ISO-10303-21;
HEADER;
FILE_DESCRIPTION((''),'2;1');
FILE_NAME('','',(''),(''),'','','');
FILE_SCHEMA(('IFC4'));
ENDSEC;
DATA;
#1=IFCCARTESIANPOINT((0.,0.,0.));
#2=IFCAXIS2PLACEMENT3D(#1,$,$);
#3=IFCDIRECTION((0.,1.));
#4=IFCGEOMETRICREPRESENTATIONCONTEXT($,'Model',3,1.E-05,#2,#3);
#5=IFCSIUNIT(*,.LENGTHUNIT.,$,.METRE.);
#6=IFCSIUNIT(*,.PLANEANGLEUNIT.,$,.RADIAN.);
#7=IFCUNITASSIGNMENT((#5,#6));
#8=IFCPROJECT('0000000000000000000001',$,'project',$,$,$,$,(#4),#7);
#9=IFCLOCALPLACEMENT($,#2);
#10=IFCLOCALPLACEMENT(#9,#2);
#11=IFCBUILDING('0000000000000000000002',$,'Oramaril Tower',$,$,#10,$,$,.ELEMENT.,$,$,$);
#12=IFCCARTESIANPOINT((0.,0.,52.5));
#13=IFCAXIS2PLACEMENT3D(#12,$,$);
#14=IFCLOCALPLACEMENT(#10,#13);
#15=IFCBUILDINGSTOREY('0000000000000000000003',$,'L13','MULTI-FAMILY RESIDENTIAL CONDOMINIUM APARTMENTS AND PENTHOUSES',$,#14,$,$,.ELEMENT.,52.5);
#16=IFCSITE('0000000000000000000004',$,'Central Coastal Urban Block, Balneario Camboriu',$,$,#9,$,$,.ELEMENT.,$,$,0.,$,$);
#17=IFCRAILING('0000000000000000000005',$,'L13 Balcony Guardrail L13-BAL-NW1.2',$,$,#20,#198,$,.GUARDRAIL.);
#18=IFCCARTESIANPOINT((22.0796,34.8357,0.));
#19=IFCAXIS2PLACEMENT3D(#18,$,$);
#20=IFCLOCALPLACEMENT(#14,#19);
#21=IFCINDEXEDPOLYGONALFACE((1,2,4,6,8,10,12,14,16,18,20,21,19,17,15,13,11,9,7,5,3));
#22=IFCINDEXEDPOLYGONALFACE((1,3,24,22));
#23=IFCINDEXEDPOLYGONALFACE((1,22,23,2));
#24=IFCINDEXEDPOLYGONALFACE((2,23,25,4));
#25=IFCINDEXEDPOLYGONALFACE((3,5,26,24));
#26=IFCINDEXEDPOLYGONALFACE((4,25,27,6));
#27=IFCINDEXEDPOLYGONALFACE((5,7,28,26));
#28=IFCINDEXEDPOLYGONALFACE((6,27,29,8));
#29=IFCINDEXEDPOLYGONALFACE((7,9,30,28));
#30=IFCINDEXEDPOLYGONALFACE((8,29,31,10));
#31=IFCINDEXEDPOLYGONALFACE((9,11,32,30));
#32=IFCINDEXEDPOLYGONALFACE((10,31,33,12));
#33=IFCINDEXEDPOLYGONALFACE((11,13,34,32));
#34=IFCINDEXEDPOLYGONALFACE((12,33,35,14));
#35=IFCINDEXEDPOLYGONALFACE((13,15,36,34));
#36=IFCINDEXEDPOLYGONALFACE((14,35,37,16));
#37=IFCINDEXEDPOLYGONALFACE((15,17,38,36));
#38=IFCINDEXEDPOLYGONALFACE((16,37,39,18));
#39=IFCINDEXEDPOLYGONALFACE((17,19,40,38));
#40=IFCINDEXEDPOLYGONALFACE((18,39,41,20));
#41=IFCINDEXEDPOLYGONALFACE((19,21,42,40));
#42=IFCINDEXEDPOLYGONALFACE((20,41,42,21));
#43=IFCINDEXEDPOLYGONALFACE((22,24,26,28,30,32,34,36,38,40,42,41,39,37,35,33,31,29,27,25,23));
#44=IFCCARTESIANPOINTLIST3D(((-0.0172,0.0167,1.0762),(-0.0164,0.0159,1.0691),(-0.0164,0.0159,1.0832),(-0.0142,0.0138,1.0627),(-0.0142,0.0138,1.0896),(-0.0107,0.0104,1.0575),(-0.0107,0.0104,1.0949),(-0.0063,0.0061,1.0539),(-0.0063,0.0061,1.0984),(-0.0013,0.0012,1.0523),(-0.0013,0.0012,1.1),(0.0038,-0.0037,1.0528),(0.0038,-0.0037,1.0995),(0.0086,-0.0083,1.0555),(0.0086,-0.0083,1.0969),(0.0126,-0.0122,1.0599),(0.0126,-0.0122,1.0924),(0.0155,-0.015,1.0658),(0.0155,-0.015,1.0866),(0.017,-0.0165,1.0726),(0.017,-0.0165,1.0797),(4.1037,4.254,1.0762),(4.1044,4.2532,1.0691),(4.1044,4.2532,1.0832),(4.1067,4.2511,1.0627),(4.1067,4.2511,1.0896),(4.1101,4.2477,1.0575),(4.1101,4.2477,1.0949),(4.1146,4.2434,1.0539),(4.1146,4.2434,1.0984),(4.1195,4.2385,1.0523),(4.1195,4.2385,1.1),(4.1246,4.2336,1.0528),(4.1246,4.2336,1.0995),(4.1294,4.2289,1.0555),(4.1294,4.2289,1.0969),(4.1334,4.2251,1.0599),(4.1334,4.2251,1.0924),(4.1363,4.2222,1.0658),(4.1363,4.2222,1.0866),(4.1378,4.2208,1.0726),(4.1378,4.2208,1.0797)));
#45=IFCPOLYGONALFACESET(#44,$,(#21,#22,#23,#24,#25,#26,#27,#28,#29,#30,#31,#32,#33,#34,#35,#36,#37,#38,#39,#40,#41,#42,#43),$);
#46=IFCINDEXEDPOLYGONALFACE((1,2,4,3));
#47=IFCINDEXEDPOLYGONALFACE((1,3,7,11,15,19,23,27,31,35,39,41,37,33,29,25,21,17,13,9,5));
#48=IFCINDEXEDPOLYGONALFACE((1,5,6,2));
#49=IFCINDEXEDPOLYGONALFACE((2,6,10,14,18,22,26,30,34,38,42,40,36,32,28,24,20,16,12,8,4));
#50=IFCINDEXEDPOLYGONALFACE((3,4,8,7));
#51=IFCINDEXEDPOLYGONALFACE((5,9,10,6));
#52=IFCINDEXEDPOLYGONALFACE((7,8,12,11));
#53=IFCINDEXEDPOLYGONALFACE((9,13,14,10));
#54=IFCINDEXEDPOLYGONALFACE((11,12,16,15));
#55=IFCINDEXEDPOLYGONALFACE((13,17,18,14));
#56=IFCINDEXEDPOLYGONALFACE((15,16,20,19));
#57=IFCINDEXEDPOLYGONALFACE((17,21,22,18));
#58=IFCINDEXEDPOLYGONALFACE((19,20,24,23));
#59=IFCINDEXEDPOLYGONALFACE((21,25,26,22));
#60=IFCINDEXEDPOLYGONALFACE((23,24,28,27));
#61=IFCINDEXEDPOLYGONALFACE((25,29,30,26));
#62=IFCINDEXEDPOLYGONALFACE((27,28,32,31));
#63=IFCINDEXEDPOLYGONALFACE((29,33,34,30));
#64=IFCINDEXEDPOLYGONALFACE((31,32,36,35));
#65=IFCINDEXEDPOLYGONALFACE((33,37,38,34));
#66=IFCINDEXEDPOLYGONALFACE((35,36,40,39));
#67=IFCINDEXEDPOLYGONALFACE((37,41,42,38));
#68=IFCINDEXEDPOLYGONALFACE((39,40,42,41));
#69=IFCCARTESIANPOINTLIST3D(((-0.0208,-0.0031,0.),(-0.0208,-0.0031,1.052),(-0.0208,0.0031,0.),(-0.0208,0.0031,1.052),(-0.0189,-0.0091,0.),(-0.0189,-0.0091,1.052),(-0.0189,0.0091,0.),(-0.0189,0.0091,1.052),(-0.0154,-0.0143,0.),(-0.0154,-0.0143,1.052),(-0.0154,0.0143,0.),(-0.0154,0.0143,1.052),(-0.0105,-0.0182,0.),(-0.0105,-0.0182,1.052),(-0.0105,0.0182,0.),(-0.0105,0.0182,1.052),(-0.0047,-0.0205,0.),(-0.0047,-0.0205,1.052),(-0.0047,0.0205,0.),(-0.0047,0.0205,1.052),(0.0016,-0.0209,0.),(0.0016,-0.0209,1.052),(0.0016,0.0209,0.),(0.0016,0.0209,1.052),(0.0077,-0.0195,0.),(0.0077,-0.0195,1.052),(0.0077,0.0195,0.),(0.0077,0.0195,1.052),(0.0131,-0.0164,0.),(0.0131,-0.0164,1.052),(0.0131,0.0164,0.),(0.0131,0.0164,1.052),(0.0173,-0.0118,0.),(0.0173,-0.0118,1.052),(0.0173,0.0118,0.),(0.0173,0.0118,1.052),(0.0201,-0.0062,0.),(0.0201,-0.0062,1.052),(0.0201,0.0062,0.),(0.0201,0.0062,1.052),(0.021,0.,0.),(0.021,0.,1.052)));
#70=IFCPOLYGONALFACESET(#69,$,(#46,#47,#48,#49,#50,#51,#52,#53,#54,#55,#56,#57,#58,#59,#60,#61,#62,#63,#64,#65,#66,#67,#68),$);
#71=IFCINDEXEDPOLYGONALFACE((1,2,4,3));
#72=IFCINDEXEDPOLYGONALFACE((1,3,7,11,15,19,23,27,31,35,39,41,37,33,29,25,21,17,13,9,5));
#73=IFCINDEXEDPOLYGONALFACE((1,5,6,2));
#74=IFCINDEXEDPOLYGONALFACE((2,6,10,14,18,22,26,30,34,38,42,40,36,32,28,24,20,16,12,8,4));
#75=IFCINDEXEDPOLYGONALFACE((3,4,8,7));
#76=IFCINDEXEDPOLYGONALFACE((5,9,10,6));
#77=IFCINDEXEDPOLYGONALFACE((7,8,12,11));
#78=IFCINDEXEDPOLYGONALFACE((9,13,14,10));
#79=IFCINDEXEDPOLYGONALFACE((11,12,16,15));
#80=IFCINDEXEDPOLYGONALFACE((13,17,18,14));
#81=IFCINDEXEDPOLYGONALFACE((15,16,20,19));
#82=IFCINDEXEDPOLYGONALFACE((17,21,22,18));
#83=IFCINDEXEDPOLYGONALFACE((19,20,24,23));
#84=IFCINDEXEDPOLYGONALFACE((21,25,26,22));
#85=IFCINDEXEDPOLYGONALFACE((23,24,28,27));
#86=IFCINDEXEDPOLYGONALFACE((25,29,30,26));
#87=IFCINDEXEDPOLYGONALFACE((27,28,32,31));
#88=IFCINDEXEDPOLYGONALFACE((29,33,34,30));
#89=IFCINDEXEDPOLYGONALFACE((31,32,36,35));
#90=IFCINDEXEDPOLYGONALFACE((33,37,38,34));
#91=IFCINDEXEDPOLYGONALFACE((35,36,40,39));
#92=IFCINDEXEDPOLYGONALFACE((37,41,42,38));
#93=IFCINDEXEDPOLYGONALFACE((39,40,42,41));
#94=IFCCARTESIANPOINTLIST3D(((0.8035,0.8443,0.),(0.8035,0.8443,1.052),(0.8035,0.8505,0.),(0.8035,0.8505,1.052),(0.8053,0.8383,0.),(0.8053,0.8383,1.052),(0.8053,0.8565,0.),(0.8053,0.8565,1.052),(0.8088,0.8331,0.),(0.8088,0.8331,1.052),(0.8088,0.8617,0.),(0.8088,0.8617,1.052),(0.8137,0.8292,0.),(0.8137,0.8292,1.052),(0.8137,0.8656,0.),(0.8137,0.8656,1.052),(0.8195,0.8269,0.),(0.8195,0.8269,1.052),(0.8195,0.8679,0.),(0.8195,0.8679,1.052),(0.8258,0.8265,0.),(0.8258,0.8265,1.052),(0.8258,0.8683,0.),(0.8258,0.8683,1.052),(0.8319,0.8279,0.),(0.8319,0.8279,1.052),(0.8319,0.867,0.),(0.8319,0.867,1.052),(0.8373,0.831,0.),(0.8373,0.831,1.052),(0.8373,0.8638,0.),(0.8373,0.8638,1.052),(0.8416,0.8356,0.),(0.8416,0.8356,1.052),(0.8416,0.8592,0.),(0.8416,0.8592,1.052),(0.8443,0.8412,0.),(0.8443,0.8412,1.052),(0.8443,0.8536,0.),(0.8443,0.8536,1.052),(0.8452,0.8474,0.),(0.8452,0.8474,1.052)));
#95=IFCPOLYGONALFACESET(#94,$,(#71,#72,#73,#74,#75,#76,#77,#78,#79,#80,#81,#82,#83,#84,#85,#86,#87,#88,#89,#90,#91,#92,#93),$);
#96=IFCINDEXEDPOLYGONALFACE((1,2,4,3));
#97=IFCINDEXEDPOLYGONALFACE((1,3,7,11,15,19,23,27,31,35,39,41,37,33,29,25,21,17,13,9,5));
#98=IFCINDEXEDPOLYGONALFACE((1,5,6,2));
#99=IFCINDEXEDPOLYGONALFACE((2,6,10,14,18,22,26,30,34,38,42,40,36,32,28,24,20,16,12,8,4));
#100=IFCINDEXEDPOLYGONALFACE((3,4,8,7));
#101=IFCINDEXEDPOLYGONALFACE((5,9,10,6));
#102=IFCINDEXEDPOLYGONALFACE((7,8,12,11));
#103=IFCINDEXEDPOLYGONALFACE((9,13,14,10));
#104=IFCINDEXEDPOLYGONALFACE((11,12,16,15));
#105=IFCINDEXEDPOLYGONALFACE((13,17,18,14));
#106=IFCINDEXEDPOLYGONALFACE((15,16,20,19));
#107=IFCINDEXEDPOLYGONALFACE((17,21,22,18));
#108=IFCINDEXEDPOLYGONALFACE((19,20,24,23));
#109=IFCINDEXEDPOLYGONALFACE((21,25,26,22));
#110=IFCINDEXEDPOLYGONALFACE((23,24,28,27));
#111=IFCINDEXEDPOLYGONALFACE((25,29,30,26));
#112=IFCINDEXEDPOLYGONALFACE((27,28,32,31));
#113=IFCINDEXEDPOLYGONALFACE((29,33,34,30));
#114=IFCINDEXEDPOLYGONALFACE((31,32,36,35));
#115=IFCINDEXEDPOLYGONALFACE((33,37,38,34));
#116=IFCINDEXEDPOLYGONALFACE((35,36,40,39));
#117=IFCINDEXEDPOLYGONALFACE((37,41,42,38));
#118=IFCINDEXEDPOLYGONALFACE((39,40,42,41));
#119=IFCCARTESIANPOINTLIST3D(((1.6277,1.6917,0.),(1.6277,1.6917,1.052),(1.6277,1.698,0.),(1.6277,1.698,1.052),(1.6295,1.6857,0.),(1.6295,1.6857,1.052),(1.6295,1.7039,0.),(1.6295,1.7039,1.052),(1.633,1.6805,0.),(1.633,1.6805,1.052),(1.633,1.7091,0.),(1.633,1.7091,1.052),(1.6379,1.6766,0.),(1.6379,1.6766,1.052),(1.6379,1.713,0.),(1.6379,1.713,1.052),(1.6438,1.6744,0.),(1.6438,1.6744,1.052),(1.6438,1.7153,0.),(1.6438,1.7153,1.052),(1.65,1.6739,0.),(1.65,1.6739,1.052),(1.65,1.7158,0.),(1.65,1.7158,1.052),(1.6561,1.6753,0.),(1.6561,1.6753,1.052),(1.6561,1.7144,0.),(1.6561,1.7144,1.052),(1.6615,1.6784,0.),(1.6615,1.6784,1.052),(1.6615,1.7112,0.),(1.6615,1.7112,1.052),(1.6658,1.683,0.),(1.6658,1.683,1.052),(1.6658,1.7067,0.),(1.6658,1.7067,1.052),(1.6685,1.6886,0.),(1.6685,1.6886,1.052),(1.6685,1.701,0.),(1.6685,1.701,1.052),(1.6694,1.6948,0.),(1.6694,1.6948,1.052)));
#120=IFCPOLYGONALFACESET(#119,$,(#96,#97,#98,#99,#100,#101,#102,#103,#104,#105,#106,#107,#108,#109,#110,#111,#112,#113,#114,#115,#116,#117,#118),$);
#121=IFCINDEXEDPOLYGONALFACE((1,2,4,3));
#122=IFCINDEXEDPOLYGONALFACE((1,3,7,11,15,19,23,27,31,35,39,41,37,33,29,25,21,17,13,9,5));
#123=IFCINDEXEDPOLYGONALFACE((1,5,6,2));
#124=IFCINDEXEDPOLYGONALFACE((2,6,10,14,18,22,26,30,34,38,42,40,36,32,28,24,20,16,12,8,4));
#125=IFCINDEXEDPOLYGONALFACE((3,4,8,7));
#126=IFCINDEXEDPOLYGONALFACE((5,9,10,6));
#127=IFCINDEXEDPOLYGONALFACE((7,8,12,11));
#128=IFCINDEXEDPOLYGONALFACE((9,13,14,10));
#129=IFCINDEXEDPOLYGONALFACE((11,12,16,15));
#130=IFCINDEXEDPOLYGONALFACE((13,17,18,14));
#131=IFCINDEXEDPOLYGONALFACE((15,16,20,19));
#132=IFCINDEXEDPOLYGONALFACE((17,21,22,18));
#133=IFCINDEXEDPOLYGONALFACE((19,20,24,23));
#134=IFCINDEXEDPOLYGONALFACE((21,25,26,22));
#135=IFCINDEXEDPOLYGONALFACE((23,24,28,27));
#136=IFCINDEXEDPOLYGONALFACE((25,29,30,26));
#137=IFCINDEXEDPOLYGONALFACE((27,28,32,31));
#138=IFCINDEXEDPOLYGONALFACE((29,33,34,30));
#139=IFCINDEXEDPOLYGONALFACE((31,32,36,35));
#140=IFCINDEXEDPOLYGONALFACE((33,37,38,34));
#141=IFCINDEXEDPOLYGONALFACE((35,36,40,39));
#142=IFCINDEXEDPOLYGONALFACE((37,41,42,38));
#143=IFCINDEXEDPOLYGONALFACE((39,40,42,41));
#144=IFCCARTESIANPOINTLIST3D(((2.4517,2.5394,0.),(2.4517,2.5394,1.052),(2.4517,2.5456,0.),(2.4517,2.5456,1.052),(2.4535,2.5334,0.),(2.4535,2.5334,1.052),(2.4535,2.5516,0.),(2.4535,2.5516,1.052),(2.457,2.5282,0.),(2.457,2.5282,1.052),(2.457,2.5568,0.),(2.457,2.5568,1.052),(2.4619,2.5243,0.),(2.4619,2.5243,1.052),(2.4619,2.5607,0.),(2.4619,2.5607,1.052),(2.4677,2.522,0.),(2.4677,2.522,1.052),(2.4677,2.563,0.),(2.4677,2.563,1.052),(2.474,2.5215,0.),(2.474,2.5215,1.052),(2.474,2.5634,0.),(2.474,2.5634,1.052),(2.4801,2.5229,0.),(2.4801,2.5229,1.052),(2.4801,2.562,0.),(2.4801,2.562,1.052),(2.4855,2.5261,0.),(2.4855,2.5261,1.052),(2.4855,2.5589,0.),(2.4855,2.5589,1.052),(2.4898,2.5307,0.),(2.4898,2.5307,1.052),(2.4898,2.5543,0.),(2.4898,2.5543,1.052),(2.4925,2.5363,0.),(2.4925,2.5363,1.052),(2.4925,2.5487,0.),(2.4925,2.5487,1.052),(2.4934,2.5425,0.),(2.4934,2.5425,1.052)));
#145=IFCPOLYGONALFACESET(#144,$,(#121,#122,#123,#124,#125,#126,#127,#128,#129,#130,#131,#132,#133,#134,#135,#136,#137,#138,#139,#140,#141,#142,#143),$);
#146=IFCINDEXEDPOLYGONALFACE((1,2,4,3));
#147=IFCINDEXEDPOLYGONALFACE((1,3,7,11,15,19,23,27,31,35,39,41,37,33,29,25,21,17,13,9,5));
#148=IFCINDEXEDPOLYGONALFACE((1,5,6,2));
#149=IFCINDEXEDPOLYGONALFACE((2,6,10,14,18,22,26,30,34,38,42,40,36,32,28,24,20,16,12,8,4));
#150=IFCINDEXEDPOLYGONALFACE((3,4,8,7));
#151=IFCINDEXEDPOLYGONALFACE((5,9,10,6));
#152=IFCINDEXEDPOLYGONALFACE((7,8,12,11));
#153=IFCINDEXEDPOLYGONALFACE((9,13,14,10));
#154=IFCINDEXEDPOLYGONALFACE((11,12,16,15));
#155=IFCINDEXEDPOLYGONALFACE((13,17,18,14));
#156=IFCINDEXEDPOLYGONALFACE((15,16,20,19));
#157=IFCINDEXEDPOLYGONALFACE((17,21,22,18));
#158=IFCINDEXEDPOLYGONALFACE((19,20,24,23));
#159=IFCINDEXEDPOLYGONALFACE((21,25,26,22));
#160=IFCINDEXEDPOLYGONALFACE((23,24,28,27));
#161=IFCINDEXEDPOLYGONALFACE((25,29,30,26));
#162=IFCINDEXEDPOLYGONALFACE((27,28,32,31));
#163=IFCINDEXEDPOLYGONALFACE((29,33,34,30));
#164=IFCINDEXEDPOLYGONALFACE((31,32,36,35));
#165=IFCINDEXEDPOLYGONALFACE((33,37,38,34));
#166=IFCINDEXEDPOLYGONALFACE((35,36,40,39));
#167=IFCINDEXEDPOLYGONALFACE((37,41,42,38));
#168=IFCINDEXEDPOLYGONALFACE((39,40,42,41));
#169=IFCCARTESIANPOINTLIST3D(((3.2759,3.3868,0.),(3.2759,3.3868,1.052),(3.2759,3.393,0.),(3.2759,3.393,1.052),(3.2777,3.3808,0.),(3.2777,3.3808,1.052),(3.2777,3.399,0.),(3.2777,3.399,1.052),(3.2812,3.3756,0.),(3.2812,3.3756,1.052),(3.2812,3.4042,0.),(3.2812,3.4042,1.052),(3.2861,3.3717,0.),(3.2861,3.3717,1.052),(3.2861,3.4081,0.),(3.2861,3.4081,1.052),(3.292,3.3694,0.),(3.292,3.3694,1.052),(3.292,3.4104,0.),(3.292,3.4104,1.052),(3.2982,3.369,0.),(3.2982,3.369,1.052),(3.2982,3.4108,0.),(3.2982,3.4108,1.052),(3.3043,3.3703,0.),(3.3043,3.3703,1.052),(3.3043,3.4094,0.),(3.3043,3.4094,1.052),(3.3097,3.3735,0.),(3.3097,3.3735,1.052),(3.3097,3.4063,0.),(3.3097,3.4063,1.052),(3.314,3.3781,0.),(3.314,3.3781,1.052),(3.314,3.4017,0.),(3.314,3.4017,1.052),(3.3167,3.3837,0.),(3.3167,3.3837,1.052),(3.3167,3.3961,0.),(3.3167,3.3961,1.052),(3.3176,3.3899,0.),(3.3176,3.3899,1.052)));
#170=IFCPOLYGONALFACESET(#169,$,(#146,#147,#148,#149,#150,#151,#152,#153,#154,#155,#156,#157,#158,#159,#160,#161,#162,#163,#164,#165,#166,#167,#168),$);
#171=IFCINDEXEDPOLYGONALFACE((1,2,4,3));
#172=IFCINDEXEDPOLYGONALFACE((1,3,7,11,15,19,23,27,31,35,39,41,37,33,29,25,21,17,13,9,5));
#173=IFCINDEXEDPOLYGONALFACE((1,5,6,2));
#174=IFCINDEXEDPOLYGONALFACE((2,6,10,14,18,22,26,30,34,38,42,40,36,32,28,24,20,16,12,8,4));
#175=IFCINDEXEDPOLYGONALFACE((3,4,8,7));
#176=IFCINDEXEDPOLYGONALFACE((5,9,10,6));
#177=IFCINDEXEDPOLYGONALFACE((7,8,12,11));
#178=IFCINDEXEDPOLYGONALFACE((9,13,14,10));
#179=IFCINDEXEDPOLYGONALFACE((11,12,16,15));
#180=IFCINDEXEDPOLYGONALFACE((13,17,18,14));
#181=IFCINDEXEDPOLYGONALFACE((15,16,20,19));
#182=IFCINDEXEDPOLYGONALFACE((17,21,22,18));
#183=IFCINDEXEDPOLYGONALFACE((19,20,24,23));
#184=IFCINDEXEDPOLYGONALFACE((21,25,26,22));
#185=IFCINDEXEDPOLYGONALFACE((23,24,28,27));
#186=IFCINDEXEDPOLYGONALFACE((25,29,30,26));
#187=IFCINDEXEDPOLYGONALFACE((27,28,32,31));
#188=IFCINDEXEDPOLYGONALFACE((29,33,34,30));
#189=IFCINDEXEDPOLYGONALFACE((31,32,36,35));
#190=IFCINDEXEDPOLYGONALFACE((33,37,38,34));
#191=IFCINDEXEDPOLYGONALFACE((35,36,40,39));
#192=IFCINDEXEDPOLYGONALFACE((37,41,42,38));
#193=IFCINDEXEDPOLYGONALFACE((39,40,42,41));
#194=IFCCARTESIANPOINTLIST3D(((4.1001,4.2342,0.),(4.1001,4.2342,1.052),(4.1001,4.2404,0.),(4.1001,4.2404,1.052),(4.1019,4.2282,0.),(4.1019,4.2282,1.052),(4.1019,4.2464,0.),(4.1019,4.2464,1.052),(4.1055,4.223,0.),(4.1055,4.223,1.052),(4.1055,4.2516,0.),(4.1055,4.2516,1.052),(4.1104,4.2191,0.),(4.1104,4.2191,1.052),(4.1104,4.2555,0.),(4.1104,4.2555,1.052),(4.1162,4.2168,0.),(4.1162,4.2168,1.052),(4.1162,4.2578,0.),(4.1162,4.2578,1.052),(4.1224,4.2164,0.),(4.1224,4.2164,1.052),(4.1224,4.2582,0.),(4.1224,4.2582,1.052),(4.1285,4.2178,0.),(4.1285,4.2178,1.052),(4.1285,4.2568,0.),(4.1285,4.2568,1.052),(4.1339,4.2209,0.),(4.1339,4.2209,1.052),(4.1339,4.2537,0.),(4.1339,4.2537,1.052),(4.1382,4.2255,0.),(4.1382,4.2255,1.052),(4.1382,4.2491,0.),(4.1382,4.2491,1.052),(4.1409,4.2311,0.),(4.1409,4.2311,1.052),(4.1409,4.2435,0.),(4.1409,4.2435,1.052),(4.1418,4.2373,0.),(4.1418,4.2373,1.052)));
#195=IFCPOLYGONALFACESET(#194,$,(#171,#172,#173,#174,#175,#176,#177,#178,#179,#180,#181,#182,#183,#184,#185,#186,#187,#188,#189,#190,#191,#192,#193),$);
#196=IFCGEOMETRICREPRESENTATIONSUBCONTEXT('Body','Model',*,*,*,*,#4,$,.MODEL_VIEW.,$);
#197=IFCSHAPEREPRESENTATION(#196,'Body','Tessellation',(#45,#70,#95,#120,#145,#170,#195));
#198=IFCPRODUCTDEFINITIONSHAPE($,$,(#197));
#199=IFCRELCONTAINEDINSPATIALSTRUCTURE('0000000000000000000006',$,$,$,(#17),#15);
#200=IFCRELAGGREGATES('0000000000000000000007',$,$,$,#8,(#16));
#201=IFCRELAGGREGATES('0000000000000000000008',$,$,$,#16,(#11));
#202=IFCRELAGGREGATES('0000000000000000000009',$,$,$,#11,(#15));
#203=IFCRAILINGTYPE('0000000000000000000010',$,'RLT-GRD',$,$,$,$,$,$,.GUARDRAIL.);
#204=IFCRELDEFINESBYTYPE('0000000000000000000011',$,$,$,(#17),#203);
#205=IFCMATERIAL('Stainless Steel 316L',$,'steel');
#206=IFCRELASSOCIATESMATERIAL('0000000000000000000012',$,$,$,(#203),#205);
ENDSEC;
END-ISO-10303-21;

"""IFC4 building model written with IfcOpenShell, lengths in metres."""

from ifc_helpers import new_model, si_unit, direction, frame, origin, origin_2d, place, context, subcontext, project, spatial, circle, extrude, material, type_object, element, save


model = new_model("IFC4")

# Units and contexts
model_context = context("Model", 3, precision=1e-05, world=origin(), true_north=direction((0.0, 1.0)))
body_context = subcontext(model_context, "Body", "Model", "MODEL_VIEW")
ifc_project = project(units=[si_unit("LENGTHUNIT", "METRE"), si_unit("PLANEANGLEUNIT", "RADIAN")], contexts=[model_context])

# Site, building, storey
site_placement = place(None, origin())
site = spatial("IfcSite", under=ifc_project, at=site_placement, Name="Central Coastal Urban Block, Balneario Camboriu", CompositionType="ELEMENT", RefElevation=0.0)
building_placement = place(site_placement, origin())
building = spatial("IfcBuilding", under=site, at=building_placement, Name="Oramaril Tower", CompositionType="ELEMENT")
storey_placement = place(building_placement, frame((0.0, 0.0, 52.5)))
storey = spatial("IfcBuildingStorey", under=building, at=storey_placement, Name="L13", Description="MULTI-FAMILY RESIDENTIAL CONDOMINIUM APARTMENTS AND PENTHOUSES", CompositionType="ELEMENT", Elevation=52.5)

# Railing
ifc_material_1 = material(Name="Stainless Steel 316L", Category="steel")
railing_type = type_object("IfcRailingType", Name="RLT-GRD", PredefinedType="GUARDRAIL", material=ifc_material_1)
railing_1_placement = place(storey_placement, frame((22.0796, 34.8357, 0.0)))
element("IfcRailing", 1, at=railing_1_placement, inside=storey, type_object=railing_type, Name="L13 Balcony Guardrail L13-BAL-NW1.2", PredefinedType="GUARDRAIL", context=body_context, shape_type="SweptSolid", body=[
    extrude(circle(Radius=0.0239, at=origin_2d()), frame((0.0, 0.0, 1.0762), z_axis=(0.697187, 0.716889, 0.0), x_axis=(-0.716889, 0.697187, 0.0)), (0.0, 0.0, 1.0), 5.9106),
    extrude(circle(Radius=0.021, at=origin_2d()), origin(), (0.0, 0.0, 1.0), 1.052),
    extrude(circle(Radius=0.021, at=origin_2d()), frame((0.8242, 0.8474, 0.0)), (0.0, 0.0, 1.0), 1.052),
    extrude(circle(Radius=0.021, at=origin_2d()), frame((1.6484, 1.6948, 0.0)), (0.0, 0.0, 1.0), 1.052),
    extrude(circle(Radius=0.021, at=origin_2d()), frame((2.4724, 2.5425, 0.0)), (0.0, 0.0, 1.0), 1.052),
    extrude(circle(Radius=0.021, at=origin_2d()), frame((3.2966, 3.3899, 0.0)), (0.0, 0.0, 1.0), 1.052),
    extrude(circle(Radius=0.021, at=origin_2d()), frame((4.1208, 4.2373, 0.0)), (0.0, 0.0, 1.0), 1.052),
])

save(model, "model.ifc")
